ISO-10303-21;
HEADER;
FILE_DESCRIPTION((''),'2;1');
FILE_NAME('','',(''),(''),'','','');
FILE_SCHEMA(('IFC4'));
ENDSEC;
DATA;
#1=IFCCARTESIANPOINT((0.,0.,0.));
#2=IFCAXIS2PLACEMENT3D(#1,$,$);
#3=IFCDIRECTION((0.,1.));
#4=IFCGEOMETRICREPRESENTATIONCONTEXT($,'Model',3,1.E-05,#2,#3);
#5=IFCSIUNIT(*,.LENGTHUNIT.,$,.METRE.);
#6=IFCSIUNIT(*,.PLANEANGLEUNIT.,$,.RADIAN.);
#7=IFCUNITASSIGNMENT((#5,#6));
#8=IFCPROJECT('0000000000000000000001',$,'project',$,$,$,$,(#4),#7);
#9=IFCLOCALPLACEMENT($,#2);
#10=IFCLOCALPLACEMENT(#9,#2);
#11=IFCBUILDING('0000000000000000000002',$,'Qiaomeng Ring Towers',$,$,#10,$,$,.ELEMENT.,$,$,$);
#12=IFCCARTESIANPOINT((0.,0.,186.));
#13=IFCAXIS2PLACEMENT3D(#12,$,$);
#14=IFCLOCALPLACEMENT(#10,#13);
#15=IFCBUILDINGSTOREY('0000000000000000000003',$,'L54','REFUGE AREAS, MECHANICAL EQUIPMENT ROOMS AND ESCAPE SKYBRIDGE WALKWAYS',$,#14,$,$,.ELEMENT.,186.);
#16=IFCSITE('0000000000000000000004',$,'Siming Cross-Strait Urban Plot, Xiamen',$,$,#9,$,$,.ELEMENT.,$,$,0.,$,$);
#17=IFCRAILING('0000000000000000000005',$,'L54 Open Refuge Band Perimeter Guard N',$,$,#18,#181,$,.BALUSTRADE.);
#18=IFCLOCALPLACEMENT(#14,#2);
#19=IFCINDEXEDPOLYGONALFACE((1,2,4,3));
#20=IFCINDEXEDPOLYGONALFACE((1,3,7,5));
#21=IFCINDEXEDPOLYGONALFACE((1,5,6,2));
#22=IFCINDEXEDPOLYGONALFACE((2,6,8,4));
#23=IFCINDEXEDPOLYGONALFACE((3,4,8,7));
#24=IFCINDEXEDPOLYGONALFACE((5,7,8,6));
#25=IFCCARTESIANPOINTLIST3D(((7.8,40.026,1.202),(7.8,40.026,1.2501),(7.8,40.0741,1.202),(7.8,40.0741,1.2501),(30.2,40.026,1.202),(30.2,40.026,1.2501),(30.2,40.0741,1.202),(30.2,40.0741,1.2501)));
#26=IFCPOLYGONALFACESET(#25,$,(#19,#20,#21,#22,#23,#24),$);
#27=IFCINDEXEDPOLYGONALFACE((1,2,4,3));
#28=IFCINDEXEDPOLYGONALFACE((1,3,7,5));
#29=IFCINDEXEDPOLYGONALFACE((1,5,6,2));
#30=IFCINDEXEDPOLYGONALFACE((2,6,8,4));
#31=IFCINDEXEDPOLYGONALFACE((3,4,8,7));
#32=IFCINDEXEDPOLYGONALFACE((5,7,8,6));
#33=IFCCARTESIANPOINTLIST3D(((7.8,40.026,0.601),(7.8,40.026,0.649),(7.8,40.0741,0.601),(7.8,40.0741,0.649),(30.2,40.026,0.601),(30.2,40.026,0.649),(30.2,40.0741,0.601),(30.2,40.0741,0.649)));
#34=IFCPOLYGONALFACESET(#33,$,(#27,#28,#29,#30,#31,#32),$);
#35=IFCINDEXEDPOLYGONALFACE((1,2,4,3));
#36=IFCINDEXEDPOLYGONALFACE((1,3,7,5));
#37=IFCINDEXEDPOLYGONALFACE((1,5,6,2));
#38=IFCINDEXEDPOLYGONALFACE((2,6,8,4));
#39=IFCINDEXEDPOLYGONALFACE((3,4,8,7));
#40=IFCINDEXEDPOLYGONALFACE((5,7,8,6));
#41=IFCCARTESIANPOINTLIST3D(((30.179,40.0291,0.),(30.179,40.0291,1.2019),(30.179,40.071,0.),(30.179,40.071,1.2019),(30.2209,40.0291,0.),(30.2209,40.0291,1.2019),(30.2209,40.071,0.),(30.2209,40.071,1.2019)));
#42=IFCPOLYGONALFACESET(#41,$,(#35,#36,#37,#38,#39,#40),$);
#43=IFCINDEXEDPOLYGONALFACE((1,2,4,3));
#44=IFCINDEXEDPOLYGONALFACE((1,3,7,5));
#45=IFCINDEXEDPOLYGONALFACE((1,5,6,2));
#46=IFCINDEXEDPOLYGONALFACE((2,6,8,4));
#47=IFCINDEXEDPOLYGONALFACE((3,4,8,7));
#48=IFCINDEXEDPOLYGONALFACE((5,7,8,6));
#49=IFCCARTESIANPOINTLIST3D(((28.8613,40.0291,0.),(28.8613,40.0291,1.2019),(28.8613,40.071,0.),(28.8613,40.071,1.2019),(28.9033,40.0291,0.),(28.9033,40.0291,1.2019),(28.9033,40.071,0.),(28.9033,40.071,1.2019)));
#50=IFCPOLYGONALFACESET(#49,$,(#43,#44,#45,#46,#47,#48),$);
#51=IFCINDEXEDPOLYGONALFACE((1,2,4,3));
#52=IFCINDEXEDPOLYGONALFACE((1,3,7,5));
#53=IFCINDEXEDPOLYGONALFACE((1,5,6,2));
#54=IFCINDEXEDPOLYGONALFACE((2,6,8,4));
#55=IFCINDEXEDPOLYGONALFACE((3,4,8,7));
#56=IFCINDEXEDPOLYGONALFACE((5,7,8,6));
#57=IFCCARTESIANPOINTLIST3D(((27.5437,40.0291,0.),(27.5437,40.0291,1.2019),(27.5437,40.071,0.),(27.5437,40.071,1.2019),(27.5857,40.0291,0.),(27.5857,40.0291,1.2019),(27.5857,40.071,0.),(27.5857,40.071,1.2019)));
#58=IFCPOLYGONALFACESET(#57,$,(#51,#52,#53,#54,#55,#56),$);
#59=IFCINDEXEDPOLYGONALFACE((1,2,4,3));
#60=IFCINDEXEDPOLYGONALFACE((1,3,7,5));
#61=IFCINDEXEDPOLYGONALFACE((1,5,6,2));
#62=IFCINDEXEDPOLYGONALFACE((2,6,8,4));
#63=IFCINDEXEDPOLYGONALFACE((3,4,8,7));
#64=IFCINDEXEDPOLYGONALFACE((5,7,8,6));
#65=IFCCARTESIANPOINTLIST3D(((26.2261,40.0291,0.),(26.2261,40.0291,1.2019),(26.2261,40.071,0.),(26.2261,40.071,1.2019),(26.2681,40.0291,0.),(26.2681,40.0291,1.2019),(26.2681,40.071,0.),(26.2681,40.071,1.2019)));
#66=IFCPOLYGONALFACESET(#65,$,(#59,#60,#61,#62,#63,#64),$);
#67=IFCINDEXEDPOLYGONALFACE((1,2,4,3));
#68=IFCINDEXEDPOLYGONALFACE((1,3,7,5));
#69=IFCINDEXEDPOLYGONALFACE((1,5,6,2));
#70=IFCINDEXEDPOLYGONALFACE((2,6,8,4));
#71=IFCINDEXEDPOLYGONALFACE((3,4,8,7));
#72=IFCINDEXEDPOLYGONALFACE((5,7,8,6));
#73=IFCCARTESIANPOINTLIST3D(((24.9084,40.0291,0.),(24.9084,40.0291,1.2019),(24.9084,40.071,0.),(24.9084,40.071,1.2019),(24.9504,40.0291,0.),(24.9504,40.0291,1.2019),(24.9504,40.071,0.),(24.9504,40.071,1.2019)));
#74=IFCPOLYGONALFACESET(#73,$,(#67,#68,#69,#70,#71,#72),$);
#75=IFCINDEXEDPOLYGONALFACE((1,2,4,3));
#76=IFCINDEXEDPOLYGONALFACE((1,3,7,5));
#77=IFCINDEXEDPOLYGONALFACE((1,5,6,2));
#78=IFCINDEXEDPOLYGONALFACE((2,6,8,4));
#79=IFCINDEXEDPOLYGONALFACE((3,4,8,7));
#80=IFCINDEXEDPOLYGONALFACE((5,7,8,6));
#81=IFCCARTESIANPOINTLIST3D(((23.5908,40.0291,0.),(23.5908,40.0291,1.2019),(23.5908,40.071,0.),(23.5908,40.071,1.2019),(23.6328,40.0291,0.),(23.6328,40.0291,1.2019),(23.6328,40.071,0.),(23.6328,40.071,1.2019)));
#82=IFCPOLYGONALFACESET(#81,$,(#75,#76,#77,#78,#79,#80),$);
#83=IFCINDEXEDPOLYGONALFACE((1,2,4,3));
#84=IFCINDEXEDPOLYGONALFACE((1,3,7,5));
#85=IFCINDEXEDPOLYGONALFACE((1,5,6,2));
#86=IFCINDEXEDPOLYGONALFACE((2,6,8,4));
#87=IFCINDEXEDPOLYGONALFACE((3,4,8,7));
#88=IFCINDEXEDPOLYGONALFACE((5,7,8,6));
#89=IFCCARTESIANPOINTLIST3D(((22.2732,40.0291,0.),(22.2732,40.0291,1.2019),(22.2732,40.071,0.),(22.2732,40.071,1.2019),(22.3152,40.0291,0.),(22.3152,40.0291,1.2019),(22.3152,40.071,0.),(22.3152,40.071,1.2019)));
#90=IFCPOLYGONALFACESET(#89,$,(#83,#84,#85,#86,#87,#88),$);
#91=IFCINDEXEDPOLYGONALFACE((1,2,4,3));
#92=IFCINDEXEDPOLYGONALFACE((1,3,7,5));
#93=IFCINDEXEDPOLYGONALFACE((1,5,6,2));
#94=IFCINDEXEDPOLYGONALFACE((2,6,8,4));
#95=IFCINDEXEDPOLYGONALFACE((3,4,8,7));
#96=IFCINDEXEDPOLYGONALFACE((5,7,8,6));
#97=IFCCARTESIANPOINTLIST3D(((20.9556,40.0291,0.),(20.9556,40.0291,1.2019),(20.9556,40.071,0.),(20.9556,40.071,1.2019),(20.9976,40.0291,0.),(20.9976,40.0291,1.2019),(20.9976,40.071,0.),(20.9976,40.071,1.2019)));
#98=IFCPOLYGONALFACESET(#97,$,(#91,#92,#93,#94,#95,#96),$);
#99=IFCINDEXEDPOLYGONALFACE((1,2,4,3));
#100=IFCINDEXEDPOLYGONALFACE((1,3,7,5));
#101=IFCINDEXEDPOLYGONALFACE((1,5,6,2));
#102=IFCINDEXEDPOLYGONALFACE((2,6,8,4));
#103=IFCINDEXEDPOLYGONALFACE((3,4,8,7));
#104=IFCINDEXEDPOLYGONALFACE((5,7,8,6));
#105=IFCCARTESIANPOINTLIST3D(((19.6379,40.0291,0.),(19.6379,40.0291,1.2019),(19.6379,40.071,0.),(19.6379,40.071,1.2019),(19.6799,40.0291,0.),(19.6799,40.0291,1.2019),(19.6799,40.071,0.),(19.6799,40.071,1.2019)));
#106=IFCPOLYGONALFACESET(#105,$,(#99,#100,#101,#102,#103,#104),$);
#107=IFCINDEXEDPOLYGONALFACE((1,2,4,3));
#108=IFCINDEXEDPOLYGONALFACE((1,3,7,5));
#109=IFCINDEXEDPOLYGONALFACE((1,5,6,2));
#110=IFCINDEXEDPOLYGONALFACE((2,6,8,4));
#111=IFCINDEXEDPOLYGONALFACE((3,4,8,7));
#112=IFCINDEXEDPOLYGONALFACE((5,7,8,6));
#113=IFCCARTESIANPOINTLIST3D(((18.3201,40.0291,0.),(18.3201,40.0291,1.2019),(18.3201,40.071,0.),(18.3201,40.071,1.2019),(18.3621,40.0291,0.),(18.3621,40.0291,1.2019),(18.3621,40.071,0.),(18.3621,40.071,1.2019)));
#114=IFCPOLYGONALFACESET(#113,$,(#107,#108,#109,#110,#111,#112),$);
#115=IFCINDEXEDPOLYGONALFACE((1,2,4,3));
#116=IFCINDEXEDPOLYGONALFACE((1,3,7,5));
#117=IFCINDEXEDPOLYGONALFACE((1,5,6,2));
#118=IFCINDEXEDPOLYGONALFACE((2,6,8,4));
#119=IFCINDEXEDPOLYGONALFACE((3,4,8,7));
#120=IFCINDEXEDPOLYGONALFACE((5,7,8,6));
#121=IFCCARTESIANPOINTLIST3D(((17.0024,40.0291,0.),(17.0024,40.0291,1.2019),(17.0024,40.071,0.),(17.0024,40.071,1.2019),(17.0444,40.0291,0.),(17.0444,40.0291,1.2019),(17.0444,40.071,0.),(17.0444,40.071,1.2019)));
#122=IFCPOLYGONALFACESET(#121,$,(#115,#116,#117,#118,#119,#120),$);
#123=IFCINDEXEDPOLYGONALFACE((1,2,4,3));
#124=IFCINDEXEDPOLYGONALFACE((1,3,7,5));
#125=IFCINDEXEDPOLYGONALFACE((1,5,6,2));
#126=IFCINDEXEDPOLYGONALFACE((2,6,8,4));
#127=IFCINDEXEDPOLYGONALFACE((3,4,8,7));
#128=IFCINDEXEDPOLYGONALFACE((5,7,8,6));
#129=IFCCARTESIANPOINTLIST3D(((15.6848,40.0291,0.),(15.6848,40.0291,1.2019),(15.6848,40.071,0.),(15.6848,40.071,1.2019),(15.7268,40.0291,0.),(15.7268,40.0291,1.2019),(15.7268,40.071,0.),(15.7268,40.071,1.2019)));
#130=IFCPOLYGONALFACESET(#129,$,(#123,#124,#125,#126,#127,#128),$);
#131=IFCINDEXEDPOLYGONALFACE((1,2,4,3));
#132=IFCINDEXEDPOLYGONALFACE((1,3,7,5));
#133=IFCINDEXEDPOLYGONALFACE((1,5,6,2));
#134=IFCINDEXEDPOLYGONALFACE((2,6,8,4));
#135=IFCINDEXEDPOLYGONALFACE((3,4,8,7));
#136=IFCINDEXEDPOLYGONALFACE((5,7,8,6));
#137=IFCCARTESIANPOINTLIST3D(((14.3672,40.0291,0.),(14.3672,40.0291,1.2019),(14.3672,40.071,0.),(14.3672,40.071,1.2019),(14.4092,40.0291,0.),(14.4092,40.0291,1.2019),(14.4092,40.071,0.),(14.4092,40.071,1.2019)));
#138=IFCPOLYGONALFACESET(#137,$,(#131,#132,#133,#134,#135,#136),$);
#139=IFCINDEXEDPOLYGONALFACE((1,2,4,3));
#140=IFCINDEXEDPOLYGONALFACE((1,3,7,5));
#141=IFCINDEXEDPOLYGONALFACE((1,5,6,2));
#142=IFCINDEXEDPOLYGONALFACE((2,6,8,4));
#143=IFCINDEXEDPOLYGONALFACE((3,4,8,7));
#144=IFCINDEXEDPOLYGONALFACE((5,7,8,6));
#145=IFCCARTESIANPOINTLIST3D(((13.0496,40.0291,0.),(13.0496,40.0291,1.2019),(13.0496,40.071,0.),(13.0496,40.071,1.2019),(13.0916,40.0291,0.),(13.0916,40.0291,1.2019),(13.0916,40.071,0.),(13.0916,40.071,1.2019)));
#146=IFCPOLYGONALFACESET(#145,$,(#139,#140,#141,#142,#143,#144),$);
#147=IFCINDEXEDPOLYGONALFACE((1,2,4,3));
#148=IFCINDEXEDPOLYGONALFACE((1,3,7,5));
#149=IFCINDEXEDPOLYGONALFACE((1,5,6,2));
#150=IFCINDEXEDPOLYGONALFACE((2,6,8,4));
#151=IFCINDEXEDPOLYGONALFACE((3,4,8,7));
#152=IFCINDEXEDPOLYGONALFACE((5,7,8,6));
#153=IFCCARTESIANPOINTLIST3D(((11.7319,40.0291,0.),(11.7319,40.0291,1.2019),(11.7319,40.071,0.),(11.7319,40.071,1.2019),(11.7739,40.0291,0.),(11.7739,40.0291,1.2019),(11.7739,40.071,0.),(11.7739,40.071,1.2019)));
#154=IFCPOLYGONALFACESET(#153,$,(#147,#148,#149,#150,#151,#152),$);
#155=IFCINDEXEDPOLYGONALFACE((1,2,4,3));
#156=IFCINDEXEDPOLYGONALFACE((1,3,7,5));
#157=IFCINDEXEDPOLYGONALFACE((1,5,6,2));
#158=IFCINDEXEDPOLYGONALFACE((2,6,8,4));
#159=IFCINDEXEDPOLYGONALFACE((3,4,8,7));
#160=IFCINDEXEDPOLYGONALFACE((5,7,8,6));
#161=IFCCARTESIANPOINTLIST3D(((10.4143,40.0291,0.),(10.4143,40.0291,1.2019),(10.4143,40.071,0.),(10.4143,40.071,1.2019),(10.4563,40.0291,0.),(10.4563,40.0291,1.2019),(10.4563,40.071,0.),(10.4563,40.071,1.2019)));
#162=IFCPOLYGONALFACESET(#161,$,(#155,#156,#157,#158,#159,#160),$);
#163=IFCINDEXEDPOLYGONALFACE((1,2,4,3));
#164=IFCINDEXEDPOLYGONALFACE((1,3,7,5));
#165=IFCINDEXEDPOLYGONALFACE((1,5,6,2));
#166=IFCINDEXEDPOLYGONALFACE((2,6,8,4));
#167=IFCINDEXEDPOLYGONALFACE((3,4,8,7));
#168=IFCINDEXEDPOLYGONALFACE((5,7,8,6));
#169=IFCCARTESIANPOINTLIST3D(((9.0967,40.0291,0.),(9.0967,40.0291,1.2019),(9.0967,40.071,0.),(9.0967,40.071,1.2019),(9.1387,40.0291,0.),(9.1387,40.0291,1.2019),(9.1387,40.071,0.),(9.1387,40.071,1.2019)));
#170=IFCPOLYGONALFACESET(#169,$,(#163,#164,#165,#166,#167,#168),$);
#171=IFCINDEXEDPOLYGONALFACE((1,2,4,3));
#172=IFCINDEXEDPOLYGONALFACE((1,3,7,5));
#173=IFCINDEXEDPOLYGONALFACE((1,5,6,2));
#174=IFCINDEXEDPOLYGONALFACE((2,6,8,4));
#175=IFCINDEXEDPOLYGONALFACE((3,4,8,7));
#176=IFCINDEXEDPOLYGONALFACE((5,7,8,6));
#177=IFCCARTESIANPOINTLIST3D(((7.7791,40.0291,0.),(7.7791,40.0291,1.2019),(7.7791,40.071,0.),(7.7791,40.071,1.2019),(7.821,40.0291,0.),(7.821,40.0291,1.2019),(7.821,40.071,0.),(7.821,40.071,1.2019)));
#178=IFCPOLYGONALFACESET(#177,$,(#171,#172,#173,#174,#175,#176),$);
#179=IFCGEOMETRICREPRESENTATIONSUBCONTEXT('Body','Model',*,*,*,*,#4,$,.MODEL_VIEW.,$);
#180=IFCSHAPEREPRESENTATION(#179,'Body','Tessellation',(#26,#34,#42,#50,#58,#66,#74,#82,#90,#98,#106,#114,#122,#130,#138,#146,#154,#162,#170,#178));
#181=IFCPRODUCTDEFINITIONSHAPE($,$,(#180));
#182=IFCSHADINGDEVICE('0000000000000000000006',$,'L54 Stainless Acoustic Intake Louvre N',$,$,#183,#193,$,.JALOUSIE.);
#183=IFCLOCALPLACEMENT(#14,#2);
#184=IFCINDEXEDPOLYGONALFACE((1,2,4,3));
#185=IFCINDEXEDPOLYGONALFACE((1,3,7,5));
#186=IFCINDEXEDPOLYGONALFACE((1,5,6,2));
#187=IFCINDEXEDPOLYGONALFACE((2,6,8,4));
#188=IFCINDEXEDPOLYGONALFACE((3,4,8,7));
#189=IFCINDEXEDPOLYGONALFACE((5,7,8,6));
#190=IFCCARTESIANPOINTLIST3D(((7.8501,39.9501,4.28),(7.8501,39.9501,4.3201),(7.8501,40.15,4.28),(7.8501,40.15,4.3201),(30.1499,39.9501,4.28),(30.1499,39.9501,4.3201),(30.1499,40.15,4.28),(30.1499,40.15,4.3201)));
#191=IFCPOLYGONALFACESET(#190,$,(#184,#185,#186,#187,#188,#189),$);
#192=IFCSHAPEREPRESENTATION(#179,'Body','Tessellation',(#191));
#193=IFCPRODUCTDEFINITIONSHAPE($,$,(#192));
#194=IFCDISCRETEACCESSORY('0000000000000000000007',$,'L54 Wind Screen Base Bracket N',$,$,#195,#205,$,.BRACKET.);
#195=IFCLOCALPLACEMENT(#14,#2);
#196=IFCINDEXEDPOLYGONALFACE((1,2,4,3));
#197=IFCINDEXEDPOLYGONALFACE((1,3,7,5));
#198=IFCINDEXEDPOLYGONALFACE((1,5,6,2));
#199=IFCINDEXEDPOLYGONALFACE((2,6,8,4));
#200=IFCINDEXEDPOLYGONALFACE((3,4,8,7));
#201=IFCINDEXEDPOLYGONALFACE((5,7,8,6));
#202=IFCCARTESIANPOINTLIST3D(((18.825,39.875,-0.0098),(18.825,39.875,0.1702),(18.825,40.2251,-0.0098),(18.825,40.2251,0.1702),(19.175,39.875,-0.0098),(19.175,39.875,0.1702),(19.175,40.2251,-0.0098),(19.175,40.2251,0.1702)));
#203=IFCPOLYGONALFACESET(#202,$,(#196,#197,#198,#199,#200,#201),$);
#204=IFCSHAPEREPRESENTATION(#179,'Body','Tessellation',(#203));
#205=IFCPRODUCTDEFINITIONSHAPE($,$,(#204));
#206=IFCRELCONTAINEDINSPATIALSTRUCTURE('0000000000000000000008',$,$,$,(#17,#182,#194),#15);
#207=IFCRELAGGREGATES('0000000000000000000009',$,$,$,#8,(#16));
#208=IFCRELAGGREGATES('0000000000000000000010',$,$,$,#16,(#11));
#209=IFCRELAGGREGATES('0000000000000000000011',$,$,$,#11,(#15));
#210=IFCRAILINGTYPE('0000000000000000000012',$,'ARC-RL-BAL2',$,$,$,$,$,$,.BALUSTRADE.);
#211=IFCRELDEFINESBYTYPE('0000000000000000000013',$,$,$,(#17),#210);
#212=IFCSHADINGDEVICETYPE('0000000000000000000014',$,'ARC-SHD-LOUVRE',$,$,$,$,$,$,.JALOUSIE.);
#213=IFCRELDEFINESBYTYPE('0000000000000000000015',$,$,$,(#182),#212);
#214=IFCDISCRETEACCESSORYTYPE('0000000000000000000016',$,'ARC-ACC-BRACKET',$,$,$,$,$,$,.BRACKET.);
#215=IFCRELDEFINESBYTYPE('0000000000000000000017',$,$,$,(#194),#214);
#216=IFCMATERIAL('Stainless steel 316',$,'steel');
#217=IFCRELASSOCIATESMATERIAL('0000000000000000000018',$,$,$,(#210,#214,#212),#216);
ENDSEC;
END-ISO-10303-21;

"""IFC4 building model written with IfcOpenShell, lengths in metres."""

from ifc_helpers import new_model, si_unit, direction, frame, origin, origin_2d, place, context, subcontext, project, spatial, rectangle, extrude, source, transform, mapped, material, material_profile, profile_set, type_object, element, save


model = new_model("IFC4")

# Units and contexts
model_context = context("Model", 3, precision=1e-05, world=origin(), true_north=direction((0.0, 1.0)))
body_context = subcontext(model_context, "Body", "Model", "MODEL_VIEW")
ifc_project = project(units=[si_unit("LENGTHUNIT", "METRE"), si_unit("PLANEANGLEUNIT", "RADIAN")], contexts=[model_context])

# Site, building, storey
site_placement = place(None, origin())
site = spatial("IfcSite", under=ifc_project, at=site_placement, Name="Siming Cross-Strait Urban Plot, Xiamen", CompositionType="ELEMENT", RefElevation=0.0)
building_placement = place(site_placement, origin())
building = spatial("IfcBuilding", under=site, at=building_placement, Name="Qiaomeng Ring Towers", CompositionType="ELEMENT")
storey_placement = place(building_placement, frame((0.0, 0.0, 186.0)))
storey = spatial("IfcBuildingStorey", under=building, at=storey_placement, Name="L54", Description="REFUGE AREAS, MECHANICAL EQUIPMENT ROOMS AND ESCAPE SKYBRIDGE WALKWAYS", CompositionType="ELEMENT", Elevation=186.0)

# Shared definitions
ifc_material_1 = material(Name="Stainless steel 316", Category="steel")

# Railing
railing_type = type_object("IfcRailingType", Name="ARC-RL-BAL2", PredefinedType="BALUSTRADE", material=ifc_material_1)
railing_placement = place(storey_placement, frame((30.2, 40.05, 0.0)))
element("IfcRailing", 1, at=railing_placement, inside=storey, type_object=railing_type, Name="L54 Open Refuge Band Perimeter Guard N", PredefinedType="BALUSTRADE", context=body_context, shape_type="SweptSolid", body=[
    extrude(rectangle(XDim=0.0481, YDim=0.0481, at=origin_2d()), frame((0.0, 0.0, 1.2261), z_axis=(-1.0, 0.0, 0.0), x_axis=(0.0, -1.0, 0.0)), (0.0, 0.0, 1.0), 22.3999),
    extrude(rectangle(XDim=0.0481, YDim=0.0481, at=origin_2d()), frame((0.0, 0.0, 0.625), z_axis=(-1.0, 0.0, 0.0), x_axis=(0.0, -1.0, 0.0)), (0.0, 0.0, 1.0), 22.3999),
    extrude(rectangle(XDim=0.042, YDim=0.042, at=origin_2d()), origin(), (0.0, 0.0, 1.0), 1.2019),
    extrude(rectangle(XDim=0.042, YDim=0.042, at=origin_2d()), frame((-1.3176, 0.0, 0.0)), (0.0, 0.0, 1.0), 1.2019),
    extrude(rectangle(XDim=0.042, YDim=0.042, at=origin_2d()), frame((-2.6353, 0.0, 0.0)), (0.0, 0.0, 1.0), 1.2019),
    extrude(rectangle(XDim=0.042, YDim=0.042, at=origin_2d()), frame((-3.9529, 0.0, 0.0)), (0.0, 0.0, 1.0), 1.2019),
    extrude(rectangle(XDim=0.042, YDim=0.042, at=origin_2d()), frame((-5.2705, 0.0, 0.0)), (0.0, 0.0, 1.0), 1.2019),
    extrude(rectangle(XDim=0.042, YDim=0.042, at=origin_2d()), frame((-6.5881, 0.0, 0.0)), (0.0, 0.0, 1.0), 1.2019),
    extrude(rectangle(XDim=0.042, YDim=0.042, at=origin_2d()), frame((-7.9058, 0.0, 0.0)), (0.0, 0.0, 1.0), 1.2019),
    extrude(rectangle(XDim=0.042, YDim=0.042, at=origin_2d()), frame((-9.2234, 0.0, 0.0)), (0.0, 0.0, 1.0), 1.2019),
    extrude(rectangle(XDim=0.042, YDim=0.042, at=origin_2d()), frame((-10.541, 0.0, 0.0)), (0.0, 0.0, 1.0), 1.2019),
    extrude(rectangle(XDim=0.042, YDim=0.042, at=origin_2d()), frame((-11.8589, 0.0, 0.0)), (0.0, 0.0, 1.0), 1.2019),
    extrude(rectangle(XDim=0.042, YDim=0.042, at=origin_2d()), frame((-13.1765, 0.0, 0.0)), (0.0, 0.0, 1.0), 1.2019),
    extrude(rectangle(XDim=0.042, YDim=0.042, at=origin_2d()), frame((-14.4941, 0.0, 0.0)), (0.0, 0.0, 1.0), 1.2019),
    extrude(rectangle(XDim=0.042, YDim=0.042, at=origin_2d()), frame((-15.8118, 0.0, 0.0)), (0.0, 0.0, 1.0), 1.2019),
    extrude(rectangle(XDim=0.042, YDim=0.042, at=origin_2d()), frame((-17.1294, 0.0, 0.0)), (0.0, 0.0, 1.0), 1.2019),
    extrude(rectangle(XDim=0.042, YDim=0.042, at=origin_2d()), frame((-18.447, 0.0, 0.0)), (0.0, 0.0, 1.0), 1.2019),
    extrude(rectangle(XDim=0.042, YDim=0.042, at=origin_2d()), frame((-19.7646, 0.0, 0.0)), (0.0, 0.0, 1.0), 1.2019),
    extrude(rectangle(XDim=0.042, YDim=0.042, at=origin_2d()), frame((-21.0823, 0.0, 0.0)), (0.0, 0.0, 1.0), 1.2019),
    extrude(rectangle(XDim=0.042, YDim=0.042, at=origin_2d()), frame((-22.3999, 0.0, 0.0)), (0.0, 0.0, 1.0), 1.2019),
])

# Shading device
ifc_material_profile_1 = material_profile(ifc_material_1, rectangle(XDim=0.2, YDim=0.04, at=origin_2d()), Name="LV BLADE 200x40")
ifc_profile_set_1 = profile_set([ifc_material_profile_1], Name="Stainless steel 316")
shading_device_type = type_object("IfcShadingDeviceType", Name="ARC-SHD-LOUVRE", PredefinedType="JALOUSIE", material=ifc_profile_set_1)
shared_shape_1 = source(origin(), body_context, "Body", "SweptSolid", [
    extrude(rectangle(XDim=0.2, YDim=0.04, at=origin_2d()), origin(), (0.0, 0.0, 1.0), 22.2998),
])
shading_device_placement = place(storey_placement, frame((30.1499, 40.05, 4.3), z_axis=(-1.0, 0.0, 0.0), x_axis=(0.0, -1.0, 0.0)))
element("IfcShadingDevice", 2, at=shading_device_placement, inside=storey, type_object=shading_device_type, Name="L54 Stainless Acoustic Intake Louvre N", PredefinedType="JALOUSIE", context=body_context, shape_type="MappedRepresentation", body=[
    mapped(shared_shape_1, transform((0.0, 0.0, 0.0), x_axis=(1.0, 0.0, 0.0), y_axis=(0.0, 1.0, 0.0), z_axis=(0.0, 0.0, 1.0), scale=1.0)),
])

# Discrete accessory
discrete_accessory_type = type_object("IfcDiscreteAccessoryType", Name="ARC-ACC-BRACKET", PredefinedType="BRACKET", material=ifc_material_1)
shared_shape_2 = source(origin(), body_context, "Body", "SweptSolid", [
    extrude(rectangle(XDim=0.3501, YDim=0.3501, at=origin_2d()), origin(), (0.0, 0.0, 1.0), 0.1799),
])
discrete_accessory_placement = place(storey_placement, frame((19.0, 40.05, -0.0098), z_axis=(0.0, 0.0, 1.0), x_axis=(-1.0, 0.0, 0.0)))
element("IfcDiscreteAccessory", 3, at=discrete_accessory_placement, inside=storey, type_object=discrete_accessory_type, Name="L54 Wind Screen Base Bracket N", PredefinedType="BRACKET", context=body_context, shape_type="MappedRepresentation", body=[
    mapped(shared_shape_2, transform((0.0, 0.0, 0.0), x_axis=(1.0, 0.0, 0.0), y_axis=(0.0, 1.0, 0.0), z_axis=(0.0, 0.0, 1.0), scale=1.0)),
])

save(model, "model.ifc")
